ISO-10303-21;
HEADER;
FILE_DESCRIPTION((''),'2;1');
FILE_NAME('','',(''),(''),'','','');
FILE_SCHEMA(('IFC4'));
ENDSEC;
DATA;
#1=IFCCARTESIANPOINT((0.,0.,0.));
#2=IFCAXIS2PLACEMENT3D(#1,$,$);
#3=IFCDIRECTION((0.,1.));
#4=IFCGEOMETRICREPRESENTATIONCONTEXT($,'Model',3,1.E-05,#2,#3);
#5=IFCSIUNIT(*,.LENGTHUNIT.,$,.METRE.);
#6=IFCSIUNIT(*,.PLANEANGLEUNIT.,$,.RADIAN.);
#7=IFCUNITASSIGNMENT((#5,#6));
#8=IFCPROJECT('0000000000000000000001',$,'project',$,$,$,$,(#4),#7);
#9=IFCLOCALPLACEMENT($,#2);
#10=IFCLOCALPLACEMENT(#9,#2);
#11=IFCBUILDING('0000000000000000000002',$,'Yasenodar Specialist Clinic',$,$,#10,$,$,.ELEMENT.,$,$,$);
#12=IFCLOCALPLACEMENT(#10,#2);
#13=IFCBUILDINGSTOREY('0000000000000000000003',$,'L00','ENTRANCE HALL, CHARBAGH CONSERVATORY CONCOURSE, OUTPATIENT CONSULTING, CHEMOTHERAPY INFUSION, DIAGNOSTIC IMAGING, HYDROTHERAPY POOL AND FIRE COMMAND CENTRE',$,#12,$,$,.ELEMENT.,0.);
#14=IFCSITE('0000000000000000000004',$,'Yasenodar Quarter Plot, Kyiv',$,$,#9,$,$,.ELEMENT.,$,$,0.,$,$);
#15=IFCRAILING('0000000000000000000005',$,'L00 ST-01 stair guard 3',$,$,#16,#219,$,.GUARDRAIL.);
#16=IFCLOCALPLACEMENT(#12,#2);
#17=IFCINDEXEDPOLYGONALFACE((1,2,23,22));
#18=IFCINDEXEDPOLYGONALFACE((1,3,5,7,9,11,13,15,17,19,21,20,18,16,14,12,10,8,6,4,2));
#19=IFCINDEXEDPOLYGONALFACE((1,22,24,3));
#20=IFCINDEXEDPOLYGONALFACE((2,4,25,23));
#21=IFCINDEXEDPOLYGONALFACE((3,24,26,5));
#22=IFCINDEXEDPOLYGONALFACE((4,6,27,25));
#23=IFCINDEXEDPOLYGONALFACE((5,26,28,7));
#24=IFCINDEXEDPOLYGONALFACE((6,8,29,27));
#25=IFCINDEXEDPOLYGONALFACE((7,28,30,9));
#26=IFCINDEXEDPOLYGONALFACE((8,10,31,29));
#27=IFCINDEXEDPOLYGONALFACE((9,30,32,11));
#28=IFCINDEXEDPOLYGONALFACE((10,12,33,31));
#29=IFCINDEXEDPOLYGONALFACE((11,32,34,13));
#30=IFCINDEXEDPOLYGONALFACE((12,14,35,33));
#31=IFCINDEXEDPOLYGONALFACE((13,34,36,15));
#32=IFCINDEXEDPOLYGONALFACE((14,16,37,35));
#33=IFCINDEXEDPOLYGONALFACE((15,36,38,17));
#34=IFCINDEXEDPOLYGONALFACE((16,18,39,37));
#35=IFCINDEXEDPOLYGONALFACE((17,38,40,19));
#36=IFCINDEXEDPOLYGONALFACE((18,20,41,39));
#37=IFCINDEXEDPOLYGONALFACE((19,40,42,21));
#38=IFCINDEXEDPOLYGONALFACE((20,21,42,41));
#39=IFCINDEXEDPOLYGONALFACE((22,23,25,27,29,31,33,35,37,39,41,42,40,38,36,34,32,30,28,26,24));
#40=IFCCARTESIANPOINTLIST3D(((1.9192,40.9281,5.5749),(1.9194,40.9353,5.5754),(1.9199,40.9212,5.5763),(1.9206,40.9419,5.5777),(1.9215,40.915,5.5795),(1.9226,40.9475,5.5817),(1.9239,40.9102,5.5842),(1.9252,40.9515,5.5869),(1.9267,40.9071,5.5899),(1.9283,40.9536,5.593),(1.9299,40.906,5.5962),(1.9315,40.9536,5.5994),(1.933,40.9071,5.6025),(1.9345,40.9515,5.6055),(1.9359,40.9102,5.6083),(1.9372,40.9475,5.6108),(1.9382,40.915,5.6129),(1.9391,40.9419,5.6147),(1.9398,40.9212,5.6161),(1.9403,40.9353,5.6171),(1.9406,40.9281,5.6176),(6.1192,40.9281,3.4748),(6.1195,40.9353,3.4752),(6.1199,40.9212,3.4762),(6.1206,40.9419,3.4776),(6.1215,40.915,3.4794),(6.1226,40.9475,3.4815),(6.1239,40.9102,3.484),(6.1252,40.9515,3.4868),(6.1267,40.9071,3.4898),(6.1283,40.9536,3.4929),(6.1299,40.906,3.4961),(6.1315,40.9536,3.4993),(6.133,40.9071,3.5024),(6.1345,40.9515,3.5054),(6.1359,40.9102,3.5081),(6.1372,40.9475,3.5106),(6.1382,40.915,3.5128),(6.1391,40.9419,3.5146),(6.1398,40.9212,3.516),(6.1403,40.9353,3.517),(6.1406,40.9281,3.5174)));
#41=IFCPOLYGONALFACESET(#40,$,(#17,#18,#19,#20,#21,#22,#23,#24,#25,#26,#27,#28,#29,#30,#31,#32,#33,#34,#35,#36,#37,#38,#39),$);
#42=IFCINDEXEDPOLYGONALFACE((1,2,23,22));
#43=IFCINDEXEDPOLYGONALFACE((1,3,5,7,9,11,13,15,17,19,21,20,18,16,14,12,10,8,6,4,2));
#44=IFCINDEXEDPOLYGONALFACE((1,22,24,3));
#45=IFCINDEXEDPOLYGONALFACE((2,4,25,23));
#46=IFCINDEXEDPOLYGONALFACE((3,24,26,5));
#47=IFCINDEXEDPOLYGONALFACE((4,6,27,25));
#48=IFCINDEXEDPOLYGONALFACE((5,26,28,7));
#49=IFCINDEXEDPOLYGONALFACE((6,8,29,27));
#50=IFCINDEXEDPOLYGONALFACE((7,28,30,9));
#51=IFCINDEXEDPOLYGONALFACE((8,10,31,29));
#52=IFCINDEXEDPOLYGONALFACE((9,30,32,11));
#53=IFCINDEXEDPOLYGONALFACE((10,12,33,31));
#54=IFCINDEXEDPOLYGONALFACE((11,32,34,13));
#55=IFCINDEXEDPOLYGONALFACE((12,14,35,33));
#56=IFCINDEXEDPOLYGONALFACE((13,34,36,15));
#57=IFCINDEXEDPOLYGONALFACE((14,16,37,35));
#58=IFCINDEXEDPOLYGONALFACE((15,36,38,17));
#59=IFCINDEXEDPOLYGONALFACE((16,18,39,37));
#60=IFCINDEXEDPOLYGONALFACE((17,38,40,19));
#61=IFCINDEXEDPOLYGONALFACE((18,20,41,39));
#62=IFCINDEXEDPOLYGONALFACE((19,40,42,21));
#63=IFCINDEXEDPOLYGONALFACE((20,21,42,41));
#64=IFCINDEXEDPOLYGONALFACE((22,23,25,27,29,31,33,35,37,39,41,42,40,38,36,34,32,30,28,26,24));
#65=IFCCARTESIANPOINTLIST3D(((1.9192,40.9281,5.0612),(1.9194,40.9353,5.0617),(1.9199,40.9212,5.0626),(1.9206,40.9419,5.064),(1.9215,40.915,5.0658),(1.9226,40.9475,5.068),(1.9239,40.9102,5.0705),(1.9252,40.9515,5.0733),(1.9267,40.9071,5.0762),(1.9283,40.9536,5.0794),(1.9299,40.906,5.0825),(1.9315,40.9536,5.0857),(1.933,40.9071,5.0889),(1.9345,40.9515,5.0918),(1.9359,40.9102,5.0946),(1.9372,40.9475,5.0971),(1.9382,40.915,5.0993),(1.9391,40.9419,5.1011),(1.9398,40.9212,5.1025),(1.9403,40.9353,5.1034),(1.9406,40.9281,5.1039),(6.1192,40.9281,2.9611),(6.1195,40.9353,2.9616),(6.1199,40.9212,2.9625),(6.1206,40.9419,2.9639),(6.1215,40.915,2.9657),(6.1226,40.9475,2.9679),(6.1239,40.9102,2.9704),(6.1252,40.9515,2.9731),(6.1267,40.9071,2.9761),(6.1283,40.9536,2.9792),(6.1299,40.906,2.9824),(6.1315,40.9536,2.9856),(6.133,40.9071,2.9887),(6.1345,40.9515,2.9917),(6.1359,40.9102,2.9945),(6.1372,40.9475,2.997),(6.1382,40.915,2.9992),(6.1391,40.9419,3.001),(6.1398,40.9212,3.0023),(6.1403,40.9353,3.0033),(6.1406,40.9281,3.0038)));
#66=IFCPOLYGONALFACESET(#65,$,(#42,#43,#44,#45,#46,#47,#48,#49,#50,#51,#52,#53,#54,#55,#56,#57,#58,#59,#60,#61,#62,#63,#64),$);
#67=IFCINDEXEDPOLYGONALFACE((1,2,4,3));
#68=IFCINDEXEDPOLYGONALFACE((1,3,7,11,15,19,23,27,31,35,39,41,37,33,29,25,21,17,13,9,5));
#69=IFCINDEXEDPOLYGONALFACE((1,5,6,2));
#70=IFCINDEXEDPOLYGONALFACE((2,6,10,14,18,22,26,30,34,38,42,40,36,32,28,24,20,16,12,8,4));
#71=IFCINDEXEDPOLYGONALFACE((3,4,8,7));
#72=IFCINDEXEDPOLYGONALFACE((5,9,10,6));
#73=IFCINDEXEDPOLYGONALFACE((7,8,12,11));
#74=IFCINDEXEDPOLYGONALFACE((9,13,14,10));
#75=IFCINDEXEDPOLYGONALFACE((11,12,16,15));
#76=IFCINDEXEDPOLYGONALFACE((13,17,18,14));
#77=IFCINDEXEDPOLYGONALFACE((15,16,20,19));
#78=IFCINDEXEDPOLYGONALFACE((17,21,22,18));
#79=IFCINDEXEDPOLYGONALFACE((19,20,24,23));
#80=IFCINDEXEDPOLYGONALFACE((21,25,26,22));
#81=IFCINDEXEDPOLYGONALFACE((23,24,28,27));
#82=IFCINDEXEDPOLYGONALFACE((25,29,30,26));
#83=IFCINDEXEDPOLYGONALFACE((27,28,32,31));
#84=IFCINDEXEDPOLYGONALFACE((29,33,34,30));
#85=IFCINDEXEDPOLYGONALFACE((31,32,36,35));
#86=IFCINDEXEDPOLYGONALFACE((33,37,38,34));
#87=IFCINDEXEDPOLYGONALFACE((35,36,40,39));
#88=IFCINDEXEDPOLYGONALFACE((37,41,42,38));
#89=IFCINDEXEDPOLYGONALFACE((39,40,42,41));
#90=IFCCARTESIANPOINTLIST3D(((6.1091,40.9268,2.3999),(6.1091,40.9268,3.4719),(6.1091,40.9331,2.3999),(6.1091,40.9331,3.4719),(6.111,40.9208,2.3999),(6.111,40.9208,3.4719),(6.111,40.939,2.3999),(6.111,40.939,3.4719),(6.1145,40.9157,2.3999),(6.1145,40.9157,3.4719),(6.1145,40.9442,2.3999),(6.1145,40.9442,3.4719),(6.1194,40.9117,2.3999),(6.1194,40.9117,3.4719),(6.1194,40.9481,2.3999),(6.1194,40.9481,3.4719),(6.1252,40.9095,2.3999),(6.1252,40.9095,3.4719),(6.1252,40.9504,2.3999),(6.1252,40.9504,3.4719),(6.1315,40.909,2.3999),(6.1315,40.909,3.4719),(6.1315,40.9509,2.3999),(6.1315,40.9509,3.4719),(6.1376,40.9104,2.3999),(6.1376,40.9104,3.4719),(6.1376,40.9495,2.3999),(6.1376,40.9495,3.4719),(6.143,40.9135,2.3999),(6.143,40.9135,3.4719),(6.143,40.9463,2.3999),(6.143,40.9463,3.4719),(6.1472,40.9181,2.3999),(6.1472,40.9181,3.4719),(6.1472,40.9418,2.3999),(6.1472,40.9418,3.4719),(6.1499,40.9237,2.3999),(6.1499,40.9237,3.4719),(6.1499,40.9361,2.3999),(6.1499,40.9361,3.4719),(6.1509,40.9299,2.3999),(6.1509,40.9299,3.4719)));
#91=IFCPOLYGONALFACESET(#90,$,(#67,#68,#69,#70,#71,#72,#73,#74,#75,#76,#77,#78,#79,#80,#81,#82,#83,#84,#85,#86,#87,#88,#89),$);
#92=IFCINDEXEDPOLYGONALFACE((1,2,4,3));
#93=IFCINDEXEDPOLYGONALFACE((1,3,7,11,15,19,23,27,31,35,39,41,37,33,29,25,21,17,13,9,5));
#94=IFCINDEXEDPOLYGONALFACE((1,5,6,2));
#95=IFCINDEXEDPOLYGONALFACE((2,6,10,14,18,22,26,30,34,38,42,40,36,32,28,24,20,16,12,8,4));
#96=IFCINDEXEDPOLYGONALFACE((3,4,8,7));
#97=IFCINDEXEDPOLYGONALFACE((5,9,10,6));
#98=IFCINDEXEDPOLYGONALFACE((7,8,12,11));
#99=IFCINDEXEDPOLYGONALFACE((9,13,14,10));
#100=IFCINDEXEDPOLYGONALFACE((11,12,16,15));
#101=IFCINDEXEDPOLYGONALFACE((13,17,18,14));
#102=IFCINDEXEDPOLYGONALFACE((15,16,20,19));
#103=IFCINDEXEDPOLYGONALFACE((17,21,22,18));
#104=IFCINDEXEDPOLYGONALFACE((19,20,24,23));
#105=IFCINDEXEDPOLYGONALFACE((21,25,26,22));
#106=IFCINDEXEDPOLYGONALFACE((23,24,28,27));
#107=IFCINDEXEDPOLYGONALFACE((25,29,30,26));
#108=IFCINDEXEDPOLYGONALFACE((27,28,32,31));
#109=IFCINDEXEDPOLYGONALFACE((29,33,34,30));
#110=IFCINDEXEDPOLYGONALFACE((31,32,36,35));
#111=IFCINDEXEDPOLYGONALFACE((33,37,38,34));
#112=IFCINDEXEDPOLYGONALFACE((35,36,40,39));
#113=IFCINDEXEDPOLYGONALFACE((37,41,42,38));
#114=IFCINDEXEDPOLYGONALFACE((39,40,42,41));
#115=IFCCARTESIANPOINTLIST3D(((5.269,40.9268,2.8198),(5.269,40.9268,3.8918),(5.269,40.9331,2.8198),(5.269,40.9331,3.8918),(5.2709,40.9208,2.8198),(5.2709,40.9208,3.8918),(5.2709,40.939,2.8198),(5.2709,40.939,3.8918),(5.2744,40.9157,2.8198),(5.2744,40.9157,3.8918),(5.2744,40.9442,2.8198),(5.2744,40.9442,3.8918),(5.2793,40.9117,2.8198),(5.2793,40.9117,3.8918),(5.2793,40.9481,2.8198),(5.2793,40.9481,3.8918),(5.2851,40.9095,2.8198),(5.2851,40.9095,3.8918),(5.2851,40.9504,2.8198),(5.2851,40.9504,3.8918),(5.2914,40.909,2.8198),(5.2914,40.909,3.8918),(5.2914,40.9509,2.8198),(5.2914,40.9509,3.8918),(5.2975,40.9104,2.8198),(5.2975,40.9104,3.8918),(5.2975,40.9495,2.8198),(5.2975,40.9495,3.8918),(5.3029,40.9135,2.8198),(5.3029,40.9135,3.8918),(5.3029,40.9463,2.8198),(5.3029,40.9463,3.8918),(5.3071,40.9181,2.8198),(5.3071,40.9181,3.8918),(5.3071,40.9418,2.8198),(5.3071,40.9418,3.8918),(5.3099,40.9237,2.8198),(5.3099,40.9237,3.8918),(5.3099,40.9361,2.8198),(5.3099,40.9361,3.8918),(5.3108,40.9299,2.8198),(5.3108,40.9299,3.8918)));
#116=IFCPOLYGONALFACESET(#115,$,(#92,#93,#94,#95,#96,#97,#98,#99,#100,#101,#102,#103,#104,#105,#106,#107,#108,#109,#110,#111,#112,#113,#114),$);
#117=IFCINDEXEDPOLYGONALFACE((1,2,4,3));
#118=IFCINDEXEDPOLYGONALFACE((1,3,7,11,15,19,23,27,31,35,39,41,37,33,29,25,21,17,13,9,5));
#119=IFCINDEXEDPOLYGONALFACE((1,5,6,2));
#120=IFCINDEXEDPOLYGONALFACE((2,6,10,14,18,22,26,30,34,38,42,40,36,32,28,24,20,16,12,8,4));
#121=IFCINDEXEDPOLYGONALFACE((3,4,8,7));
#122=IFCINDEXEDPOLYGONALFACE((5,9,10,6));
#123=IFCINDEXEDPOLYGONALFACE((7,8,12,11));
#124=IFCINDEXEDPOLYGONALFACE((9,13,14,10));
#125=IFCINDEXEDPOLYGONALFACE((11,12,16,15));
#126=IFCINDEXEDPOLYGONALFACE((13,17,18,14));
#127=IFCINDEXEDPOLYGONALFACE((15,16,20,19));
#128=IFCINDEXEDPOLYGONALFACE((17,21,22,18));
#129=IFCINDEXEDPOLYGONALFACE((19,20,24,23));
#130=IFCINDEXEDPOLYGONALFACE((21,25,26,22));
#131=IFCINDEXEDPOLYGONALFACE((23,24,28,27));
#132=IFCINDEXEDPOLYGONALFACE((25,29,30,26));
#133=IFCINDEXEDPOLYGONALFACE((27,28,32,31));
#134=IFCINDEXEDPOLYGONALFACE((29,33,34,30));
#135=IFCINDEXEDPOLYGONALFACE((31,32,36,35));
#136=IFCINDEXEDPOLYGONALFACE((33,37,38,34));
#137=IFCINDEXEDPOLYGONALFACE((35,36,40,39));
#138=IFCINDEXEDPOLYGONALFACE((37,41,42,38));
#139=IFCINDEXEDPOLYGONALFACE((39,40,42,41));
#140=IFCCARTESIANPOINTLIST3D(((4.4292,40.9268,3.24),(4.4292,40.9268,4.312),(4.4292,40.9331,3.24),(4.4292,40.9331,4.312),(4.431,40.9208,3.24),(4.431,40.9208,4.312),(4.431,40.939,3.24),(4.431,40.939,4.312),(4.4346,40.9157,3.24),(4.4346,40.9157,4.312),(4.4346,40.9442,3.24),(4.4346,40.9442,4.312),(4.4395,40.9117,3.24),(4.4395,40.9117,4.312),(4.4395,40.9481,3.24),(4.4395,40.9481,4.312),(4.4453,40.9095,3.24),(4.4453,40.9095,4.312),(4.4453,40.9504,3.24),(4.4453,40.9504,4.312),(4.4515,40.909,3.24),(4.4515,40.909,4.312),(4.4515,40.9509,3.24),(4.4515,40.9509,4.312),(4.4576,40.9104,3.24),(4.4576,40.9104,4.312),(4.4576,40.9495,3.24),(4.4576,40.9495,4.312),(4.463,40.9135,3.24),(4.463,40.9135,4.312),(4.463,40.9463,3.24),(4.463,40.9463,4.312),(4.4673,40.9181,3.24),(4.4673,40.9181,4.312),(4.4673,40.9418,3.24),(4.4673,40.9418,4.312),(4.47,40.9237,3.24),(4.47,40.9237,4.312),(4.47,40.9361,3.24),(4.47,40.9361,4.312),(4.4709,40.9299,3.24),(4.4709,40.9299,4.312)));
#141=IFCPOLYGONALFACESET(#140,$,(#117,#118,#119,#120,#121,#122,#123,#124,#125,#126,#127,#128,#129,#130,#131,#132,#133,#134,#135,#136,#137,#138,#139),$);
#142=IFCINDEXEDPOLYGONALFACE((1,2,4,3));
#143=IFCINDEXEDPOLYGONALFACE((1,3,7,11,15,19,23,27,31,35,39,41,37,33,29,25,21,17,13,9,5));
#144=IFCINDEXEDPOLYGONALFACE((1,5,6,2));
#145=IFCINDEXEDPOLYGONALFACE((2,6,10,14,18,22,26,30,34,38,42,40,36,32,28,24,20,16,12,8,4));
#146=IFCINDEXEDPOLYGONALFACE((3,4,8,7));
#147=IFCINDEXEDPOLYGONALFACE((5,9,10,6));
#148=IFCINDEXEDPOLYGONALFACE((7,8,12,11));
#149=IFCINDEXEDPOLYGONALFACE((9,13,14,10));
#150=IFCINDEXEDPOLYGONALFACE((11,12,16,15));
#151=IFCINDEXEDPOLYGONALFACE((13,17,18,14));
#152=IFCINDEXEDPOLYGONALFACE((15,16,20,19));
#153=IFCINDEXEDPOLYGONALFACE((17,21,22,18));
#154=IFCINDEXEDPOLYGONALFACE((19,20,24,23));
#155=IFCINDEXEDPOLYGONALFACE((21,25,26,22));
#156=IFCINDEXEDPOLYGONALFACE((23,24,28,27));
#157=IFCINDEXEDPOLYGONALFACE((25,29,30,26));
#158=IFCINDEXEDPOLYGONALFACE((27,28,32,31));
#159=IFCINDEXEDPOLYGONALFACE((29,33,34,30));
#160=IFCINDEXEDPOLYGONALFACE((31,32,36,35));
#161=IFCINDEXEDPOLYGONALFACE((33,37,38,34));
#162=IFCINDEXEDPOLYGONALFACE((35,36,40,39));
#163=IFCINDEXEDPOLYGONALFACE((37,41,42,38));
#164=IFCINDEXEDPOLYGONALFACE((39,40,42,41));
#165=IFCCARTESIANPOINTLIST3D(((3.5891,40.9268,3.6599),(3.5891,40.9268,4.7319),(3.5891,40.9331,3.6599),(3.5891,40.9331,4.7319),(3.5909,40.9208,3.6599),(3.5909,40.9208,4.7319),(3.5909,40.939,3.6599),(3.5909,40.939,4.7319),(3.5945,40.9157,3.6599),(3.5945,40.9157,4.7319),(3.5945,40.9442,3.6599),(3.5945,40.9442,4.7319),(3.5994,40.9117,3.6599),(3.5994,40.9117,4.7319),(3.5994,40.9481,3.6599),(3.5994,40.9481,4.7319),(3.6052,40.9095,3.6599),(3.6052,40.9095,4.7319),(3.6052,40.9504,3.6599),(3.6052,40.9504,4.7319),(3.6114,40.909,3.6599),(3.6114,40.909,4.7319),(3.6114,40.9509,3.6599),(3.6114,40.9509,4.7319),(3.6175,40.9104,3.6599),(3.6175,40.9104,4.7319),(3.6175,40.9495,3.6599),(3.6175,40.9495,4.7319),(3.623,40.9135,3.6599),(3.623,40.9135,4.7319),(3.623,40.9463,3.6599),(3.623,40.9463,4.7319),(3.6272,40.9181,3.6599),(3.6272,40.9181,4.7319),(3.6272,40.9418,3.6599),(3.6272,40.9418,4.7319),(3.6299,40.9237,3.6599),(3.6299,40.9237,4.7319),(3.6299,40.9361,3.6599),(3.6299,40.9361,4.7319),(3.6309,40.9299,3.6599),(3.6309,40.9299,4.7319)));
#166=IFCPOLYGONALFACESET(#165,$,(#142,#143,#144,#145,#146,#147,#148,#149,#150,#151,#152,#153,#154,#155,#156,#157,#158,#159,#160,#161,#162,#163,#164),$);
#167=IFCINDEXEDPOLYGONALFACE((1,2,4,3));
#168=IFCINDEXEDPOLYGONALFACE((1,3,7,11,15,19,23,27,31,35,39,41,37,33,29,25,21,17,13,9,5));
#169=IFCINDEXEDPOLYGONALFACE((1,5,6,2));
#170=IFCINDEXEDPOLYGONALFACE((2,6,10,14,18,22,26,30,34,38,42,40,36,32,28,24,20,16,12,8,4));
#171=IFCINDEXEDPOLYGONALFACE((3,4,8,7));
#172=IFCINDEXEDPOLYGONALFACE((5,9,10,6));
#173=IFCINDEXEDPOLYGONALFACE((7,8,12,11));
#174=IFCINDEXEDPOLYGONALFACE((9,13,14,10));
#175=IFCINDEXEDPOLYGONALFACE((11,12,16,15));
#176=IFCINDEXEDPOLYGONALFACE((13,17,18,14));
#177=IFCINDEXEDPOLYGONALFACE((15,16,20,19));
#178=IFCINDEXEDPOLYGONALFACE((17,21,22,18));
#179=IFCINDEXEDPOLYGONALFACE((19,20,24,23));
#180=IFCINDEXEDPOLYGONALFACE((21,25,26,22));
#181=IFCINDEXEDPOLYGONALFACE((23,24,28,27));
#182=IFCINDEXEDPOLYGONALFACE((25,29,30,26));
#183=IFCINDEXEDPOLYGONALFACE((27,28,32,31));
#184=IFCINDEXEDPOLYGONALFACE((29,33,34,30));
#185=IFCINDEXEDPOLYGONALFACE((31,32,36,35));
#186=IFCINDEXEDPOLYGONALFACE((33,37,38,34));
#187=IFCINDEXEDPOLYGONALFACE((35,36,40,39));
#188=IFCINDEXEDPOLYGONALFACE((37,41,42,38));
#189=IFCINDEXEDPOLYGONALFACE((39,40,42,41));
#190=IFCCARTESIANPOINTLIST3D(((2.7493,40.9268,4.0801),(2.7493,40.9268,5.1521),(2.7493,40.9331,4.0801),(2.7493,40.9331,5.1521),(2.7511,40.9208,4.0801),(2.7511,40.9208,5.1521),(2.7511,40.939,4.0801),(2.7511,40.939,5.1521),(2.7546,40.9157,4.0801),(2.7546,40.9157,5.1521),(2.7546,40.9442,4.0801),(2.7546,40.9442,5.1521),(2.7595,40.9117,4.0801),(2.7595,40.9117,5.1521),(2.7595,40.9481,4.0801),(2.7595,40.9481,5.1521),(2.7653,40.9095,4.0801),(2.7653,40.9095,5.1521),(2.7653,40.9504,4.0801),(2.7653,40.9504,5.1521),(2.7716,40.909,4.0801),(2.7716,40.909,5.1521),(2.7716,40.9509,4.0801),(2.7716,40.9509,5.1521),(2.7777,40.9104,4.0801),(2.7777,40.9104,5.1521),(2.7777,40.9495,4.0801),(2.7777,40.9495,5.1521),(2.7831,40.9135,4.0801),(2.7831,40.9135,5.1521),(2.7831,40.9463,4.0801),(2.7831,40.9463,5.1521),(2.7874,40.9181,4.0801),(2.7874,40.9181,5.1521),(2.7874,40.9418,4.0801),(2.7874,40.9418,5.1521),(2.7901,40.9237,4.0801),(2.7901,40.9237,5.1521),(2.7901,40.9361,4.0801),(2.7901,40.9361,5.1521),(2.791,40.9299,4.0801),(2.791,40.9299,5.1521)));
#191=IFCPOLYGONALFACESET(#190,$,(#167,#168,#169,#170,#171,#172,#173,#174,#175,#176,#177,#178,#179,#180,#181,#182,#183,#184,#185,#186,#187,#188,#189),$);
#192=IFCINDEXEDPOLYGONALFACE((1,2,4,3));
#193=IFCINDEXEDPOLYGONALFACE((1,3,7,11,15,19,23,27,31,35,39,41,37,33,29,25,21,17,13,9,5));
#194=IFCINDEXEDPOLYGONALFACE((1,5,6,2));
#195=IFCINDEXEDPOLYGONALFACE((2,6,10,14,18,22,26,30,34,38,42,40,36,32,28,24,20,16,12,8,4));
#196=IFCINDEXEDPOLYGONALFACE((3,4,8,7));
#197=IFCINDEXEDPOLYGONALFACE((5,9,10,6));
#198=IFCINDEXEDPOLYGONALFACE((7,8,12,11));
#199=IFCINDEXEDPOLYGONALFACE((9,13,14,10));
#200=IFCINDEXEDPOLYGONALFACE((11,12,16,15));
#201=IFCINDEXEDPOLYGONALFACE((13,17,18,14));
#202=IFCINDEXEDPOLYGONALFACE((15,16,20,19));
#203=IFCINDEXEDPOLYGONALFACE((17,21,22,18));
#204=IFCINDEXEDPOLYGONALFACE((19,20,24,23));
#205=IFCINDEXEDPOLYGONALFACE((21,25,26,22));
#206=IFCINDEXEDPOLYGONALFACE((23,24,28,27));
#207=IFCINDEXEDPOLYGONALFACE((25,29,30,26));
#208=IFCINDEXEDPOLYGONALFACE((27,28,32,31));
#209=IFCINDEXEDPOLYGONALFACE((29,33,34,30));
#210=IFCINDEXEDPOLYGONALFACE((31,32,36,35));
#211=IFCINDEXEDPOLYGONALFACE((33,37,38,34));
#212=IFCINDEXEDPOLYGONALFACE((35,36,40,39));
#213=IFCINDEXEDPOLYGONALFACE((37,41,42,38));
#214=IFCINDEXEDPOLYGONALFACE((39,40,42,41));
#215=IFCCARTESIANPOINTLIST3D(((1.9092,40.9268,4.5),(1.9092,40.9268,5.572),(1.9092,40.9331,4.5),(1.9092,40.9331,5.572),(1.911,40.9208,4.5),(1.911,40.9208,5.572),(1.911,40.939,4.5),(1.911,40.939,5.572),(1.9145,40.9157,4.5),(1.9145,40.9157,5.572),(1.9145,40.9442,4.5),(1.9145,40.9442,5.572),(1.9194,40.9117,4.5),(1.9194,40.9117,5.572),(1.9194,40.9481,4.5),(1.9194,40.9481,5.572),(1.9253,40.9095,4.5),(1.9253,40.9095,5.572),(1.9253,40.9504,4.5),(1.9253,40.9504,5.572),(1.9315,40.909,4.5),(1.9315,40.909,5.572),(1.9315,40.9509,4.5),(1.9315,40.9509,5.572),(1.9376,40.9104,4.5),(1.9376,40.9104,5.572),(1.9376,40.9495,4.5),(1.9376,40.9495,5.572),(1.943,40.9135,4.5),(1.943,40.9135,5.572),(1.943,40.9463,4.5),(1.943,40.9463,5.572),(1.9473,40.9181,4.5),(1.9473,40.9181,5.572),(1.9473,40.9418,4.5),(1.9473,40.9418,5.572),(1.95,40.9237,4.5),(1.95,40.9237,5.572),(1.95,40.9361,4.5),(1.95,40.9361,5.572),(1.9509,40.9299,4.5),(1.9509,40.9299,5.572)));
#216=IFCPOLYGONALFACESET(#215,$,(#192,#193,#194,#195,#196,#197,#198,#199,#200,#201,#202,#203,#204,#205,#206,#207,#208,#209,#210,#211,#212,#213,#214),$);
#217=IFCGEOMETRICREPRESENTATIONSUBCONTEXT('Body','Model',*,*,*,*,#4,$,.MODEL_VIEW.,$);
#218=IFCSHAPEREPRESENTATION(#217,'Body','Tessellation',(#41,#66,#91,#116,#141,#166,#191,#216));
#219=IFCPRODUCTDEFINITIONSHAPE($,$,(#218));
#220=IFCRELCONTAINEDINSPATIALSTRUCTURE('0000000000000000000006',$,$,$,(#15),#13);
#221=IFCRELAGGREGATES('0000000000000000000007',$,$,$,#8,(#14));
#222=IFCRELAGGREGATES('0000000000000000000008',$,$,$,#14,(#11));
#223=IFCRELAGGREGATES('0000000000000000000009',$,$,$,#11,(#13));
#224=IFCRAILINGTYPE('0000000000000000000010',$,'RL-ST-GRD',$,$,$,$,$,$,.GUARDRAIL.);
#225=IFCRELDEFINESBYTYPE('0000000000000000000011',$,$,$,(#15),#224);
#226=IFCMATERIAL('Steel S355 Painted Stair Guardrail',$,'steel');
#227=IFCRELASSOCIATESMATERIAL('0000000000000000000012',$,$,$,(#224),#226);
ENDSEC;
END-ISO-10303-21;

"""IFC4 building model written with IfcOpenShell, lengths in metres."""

from ifc_helpers import new_model, si_unit, direction, frame, origin, origin_2d, place, context, subcontext, project, spatial, circle, extrude, material, type_object, element, save


model = new_model("IFC4")

# Units and contexts
model_context = context("Model", 3, precision=1e-05, world=origin(), true_north=direction((0.0, 1.0)))
body_context = subcontext(model_context, "Body", "Model", "MODEL_VIEW")
ifc_project = project(units=[si_unit("LENGTHUNIT", "METRE"), si_unit("PLANEANGLEUNIT", "RADIAN")], contexts=[model_context])

# Site, building, storey
site_placement = place(None, origin())
site = spatial("IfcSite", under=ifc_project, at=site_placement, Name="Yasenodar Quarter Plot, Kyiv", CompositionType="ELEMENT", RefElevation=0.0)
building_placement = place(site_placement, origin())
building = spatial("IfcBuilding", under=site, at=building_placement, Name="Yasenodar Specialist Clinic", CompositionType="ELEMENT")
storey_placement = place(building_placement, origin())
storey = spatial("IfcBuildingStorey", under=building, at=storey_placement, Name="L00", Description="ENTRANCE HALL, CHARBAGH CONSERVATORY CONCOURSE, OUTPATIENT CONSULTING, CHEMOTHERAPY INFUSION, DIAGNOSTIC IMAGING, HYDROTHERAPY POOL AND FIRE COMMAND CENTRE", CompositionType="ELEMENT", Elevation=0.0)

# Railing
ifc_material_1 = material(Name="Steel S355 Painted Stair Guardrail", Category="steel")
railing_type_1 = type_object("IfcRailingType", Name="RL-ST-GRD", PredefinedType="GUARDRAIL", material=ifc_material_1)
railing_1_placement = place(storey_placement, frame((6.1299, 40.9299, 2.3999)))
element("IfcRailing", 1, at=railing_1_placement, inside=storey, type_object=railing_type_1, Name="L00 ST-01 stair guard 3", PredefinedType="GUARDRAIL", context=body_context, shape_type="SweptSolid", body=[
    extrude(circle(Radius=0.0239, at=origin_2d()), frame((0.0, 0.0, 1.0962), z_axis=(-0.894417, 0.0, 0.447234), x_axis=(0.0, -1.0, 0.0)), (0.0, 0.0, 1.0), 4.6958),
    extrude(circle(Radius=0.0239, at=origin_2d()), frame((0.0, 0.0, 0.5825), z_axis=(-0.894417, 0.0, 0.447234), x_axis=(0.0, -1.0, 0.0)), (0.0, 0.0, 1.0), 4.6958),
    extrude(circle(Radius=0.021, at=origin_2d()), origin(), (0.0, 0.0, 1.0), 1.072),
    extrude(circle(Radius=0.021, at=origin_2d()), frame((-0.8401, 0.0, 0.4199)), (0.0, 0.0, 1.0), 1.072),
    extrude(circle(Radius=0.021, at=origin_2d()), frame((-1.6799, 0.0, 0.8401)), (0.0, 0.0, 1.0), 1.072),
    extrude(circle(Radius=0.021, at=origin_2d()), frame((-2.52, 0.0, 1.26)), (0.0, 0.0, 1.0), 1.072),
    extrude(circle(Radius=0.021, at=origin_2d()), frame((-3.3599, 0.0, 1.6802)), (0.0, 0.0, 1.0), 1.072),
    extrude(circle(Radius=0.021, at=origin_2d()), frame((-4.2, 0.0, 2.1001)), (0.0, 0.0, 1.0), 1.072),
])

save(model, "model.ifc")
